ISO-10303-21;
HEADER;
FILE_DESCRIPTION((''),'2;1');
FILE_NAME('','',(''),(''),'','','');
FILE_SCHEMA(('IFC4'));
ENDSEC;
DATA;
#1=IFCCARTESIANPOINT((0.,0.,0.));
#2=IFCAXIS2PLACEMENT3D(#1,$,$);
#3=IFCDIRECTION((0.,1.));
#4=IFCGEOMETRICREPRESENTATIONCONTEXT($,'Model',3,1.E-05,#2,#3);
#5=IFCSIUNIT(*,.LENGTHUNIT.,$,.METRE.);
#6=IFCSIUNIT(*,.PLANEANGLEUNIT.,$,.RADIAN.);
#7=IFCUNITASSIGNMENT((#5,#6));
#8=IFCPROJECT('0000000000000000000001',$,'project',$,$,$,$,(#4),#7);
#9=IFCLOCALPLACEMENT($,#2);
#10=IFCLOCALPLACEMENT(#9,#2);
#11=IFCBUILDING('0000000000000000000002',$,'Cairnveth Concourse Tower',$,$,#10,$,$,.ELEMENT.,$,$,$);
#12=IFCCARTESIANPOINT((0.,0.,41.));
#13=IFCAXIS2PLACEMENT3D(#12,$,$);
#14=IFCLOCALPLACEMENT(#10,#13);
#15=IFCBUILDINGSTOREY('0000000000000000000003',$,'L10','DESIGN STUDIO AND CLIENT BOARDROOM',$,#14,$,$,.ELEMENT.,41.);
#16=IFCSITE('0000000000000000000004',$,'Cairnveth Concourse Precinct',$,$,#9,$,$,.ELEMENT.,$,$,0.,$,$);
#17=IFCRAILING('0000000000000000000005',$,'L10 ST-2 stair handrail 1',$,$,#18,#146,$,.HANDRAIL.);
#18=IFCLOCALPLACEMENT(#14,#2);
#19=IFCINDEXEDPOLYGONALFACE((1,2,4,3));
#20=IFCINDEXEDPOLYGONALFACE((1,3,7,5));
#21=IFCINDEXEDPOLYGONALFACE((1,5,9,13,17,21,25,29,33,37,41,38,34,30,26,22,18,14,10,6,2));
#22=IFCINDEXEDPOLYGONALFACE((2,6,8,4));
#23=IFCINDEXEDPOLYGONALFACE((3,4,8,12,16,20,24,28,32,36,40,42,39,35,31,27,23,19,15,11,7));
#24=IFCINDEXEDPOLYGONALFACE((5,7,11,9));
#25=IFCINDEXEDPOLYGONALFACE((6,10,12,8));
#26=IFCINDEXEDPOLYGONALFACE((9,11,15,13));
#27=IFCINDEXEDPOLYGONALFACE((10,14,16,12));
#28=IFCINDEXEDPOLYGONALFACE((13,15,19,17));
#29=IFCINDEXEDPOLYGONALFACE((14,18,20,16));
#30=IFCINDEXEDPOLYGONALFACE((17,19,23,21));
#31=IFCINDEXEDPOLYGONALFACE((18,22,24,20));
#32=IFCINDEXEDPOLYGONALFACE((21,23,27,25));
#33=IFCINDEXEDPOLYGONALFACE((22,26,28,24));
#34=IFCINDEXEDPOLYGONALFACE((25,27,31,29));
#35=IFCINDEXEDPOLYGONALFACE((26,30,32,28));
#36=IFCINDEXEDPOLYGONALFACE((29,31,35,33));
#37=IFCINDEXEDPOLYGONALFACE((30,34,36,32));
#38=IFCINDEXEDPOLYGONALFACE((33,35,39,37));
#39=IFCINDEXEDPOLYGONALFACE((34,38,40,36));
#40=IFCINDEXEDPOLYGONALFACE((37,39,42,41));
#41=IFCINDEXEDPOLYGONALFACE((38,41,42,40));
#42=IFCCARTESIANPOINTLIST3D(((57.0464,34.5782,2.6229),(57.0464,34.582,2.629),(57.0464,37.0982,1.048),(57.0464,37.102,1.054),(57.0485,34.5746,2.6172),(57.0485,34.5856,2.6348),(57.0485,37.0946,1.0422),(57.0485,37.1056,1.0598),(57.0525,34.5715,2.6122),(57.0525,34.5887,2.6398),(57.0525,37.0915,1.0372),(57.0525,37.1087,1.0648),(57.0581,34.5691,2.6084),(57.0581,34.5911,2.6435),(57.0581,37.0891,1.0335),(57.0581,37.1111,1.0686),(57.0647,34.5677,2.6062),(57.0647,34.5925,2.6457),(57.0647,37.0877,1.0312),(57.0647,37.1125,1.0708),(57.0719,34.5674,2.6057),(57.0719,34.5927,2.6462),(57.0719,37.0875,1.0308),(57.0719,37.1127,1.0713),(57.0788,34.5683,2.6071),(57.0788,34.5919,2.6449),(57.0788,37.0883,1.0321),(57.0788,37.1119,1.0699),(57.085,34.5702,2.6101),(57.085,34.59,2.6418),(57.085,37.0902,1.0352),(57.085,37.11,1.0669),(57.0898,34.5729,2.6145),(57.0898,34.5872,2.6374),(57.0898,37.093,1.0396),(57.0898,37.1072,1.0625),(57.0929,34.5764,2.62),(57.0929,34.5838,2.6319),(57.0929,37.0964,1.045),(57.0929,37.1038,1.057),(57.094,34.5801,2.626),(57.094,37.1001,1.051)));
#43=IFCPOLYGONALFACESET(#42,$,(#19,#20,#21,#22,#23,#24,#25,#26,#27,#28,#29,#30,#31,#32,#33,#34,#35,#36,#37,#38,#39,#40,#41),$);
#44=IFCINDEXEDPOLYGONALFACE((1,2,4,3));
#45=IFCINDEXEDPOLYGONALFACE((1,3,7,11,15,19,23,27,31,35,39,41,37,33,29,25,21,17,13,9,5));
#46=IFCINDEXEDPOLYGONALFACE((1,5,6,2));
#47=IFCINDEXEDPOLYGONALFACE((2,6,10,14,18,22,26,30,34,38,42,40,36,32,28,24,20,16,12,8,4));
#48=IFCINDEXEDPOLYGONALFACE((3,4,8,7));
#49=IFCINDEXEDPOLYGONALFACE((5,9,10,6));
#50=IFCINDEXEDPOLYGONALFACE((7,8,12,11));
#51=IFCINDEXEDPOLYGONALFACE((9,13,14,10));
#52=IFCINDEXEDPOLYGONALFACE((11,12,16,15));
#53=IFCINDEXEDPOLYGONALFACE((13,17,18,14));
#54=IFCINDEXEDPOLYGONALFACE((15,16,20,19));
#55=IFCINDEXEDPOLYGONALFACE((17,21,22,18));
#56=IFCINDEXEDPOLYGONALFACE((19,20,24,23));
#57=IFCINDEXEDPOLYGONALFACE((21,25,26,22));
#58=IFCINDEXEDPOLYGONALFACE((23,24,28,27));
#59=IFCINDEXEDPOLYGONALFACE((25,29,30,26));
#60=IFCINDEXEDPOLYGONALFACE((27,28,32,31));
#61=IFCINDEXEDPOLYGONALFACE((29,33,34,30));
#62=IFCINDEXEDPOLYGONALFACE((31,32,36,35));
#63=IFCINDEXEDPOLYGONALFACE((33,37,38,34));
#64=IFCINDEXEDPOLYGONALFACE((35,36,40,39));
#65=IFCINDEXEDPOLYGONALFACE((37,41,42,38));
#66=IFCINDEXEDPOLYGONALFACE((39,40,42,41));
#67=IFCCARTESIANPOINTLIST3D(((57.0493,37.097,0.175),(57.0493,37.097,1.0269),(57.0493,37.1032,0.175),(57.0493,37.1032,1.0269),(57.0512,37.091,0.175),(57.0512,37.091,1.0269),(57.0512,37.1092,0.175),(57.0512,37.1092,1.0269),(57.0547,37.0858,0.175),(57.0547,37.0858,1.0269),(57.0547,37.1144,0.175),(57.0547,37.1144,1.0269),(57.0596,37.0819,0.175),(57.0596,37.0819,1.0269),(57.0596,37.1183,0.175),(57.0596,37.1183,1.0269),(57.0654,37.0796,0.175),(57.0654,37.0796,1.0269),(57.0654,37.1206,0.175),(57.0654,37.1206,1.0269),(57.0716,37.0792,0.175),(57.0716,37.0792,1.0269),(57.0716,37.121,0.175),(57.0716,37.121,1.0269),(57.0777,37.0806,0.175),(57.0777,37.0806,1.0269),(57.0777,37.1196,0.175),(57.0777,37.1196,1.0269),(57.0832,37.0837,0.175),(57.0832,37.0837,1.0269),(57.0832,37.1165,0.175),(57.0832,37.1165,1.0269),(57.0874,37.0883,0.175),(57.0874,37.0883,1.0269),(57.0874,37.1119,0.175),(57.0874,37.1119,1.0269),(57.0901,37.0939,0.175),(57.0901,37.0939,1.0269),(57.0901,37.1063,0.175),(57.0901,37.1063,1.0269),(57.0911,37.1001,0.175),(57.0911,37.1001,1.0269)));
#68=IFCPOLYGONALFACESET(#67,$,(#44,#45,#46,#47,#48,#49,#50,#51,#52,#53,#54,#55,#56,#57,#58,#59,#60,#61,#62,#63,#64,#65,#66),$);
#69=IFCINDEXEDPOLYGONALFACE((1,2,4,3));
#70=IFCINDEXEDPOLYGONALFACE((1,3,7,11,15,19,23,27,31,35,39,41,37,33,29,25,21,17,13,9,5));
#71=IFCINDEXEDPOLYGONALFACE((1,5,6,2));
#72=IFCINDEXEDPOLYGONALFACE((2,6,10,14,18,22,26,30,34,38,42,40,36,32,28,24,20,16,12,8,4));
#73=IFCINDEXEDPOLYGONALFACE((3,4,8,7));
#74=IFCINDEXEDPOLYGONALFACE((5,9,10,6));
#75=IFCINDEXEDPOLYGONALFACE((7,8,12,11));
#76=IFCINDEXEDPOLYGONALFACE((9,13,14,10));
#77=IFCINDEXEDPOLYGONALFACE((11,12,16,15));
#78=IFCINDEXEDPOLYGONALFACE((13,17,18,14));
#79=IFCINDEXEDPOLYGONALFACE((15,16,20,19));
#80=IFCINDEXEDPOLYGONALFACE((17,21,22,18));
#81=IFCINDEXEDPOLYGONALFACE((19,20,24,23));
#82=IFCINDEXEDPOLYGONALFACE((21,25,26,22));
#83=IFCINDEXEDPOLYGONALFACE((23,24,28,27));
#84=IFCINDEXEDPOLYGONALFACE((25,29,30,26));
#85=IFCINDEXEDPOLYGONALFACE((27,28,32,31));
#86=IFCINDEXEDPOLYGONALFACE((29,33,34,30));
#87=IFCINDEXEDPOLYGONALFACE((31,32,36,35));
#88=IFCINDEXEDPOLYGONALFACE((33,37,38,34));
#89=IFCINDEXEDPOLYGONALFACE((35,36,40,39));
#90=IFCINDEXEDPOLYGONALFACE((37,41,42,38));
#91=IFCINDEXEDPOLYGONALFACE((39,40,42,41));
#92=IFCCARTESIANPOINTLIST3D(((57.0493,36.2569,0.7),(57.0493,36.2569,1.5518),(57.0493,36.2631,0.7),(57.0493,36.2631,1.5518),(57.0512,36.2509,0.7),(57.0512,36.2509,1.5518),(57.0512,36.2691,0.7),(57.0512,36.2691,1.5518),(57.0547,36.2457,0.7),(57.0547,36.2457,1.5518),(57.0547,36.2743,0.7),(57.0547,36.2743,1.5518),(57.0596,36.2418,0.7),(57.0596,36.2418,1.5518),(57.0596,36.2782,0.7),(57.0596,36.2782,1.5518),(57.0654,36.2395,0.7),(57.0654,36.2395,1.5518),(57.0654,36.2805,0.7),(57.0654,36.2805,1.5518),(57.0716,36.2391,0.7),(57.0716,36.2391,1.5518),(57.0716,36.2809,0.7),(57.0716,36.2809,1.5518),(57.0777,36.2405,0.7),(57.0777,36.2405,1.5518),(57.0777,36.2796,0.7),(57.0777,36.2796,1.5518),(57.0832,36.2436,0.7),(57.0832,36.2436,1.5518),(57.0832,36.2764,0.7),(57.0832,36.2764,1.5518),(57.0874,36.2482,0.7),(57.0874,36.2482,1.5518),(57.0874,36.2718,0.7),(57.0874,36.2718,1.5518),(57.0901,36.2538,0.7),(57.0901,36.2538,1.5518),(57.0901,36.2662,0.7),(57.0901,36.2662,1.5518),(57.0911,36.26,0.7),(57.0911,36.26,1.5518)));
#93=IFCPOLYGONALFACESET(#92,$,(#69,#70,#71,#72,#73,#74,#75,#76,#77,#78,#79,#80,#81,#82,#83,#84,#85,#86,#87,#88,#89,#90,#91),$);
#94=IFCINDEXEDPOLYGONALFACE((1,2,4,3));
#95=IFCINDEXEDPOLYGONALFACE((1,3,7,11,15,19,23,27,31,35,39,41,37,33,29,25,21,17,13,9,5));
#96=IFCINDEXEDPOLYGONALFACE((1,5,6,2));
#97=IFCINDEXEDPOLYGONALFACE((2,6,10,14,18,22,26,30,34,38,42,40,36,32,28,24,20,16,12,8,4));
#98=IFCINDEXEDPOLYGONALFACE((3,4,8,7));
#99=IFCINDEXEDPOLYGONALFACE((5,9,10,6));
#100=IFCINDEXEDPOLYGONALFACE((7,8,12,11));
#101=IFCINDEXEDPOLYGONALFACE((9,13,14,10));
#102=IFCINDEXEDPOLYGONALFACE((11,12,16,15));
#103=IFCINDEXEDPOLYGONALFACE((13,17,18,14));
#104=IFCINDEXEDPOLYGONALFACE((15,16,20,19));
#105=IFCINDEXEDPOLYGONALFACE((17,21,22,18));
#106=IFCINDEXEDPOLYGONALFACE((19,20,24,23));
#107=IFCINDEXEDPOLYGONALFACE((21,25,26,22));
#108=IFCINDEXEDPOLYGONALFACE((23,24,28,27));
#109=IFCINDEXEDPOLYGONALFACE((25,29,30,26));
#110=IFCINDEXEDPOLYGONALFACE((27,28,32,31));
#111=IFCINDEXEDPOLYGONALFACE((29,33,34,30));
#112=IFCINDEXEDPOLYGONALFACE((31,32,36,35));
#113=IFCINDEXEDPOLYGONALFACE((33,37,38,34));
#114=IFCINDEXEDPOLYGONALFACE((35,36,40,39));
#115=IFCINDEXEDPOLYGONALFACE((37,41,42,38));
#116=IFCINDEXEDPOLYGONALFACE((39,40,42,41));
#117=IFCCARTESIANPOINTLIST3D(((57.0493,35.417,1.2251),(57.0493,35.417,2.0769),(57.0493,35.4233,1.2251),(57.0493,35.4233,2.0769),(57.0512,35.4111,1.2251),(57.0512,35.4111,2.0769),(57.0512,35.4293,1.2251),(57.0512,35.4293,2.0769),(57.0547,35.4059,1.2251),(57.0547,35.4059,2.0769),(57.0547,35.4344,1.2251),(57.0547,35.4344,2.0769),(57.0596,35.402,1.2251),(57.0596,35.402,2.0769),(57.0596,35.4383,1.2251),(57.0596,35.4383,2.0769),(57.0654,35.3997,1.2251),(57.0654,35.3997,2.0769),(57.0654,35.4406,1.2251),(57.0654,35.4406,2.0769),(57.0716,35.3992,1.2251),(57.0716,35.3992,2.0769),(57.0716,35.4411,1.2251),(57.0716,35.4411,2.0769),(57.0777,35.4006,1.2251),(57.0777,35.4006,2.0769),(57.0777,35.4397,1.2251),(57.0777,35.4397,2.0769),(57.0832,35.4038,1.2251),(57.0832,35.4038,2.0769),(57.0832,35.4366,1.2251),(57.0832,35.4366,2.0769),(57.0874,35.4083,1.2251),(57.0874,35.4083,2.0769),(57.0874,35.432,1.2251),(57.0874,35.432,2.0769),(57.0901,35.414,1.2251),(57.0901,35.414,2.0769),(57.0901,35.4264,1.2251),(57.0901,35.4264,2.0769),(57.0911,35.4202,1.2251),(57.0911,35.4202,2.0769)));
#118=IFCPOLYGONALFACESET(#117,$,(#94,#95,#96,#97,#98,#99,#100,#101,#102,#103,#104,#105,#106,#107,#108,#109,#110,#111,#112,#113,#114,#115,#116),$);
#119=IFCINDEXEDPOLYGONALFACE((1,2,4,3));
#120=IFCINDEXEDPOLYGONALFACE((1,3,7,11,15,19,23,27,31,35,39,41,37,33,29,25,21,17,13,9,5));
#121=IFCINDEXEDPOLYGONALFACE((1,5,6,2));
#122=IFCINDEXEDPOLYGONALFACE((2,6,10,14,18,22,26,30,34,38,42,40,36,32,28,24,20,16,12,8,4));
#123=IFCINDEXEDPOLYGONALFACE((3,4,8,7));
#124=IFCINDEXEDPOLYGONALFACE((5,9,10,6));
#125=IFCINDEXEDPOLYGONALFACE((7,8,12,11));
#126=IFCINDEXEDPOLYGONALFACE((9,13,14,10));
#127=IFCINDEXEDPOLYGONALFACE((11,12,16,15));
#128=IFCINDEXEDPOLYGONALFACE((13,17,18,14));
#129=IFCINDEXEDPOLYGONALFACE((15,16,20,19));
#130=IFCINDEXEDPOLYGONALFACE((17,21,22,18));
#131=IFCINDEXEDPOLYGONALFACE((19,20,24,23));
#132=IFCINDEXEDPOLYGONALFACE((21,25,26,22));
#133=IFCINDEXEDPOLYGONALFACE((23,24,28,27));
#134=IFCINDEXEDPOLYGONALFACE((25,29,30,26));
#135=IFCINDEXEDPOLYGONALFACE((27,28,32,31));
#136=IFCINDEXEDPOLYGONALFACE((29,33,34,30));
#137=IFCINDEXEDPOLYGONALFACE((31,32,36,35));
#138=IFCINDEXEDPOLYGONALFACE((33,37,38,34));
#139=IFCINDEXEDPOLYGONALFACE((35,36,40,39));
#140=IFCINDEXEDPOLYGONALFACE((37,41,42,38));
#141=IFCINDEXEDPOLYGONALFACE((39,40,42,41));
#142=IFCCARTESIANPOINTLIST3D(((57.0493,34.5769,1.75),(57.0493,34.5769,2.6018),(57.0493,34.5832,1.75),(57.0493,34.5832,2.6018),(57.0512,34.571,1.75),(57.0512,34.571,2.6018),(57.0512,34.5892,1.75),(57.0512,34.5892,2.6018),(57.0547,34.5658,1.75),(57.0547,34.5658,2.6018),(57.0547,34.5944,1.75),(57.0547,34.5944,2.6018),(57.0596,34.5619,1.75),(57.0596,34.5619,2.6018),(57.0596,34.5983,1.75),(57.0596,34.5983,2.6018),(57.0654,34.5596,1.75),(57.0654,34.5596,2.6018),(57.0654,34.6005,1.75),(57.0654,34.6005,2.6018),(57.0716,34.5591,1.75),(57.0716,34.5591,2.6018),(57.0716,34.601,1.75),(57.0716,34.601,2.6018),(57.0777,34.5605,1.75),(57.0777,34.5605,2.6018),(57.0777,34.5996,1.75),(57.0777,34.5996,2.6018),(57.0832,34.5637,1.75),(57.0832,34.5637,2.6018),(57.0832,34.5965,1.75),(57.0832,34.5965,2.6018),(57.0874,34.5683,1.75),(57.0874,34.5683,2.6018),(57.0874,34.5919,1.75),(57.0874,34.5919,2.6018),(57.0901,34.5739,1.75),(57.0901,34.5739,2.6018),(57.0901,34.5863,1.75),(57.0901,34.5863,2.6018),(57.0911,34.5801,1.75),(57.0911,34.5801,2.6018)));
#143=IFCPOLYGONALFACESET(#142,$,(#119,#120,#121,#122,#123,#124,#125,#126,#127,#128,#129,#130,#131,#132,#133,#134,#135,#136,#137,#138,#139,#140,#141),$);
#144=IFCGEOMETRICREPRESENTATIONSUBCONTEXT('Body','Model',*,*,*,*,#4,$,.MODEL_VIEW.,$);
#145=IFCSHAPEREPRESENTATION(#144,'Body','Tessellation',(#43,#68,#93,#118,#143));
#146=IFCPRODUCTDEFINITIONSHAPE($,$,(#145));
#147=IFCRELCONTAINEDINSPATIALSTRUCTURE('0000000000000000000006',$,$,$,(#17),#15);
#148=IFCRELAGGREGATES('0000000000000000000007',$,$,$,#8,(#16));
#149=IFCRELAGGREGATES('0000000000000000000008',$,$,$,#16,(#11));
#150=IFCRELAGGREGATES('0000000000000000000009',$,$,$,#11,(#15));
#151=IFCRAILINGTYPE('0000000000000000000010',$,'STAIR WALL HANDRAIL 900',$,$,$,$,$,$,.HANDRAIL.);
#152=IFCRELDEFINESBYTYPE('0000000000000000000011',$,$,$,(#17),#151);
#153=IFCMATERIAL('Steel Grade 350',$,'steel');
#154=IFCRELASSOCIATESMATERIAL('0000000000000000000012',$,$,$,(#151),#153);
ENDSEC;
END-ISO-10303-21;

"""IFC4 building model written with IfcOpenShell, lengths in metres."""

from ifc_helpers import new_model, si_unit, direction, frame, origin, origin_2d, place, context, subcontext, project, spatial, circle, extrude, material, type_object, element, save


model = new_model("IFC4")

# Units and contexts
model_context = context("Model", 3, precision=1e-05, world=origin(), true_north=direction((0.0, 1.0)))
body_context = subcontext(model_context, "Body", "Model", "MODEL_VIEW")
ifc_project = project(units=[si_unit("LENGTHUNIT", "METRE"), si_unit("PLANEANGLEUNIT", "RADIAN")], contexts=[model_context])

# Site, building, storey
site_placement = place(None, origin())
site = spatial("IfcSite", under=ifc_project, at=site_placement, Name="Cairnveth Concourse Precinct", CompositionType="ELEMENT", RefElevation=0.0)
building_placement = place(site_placement, origin())
building = spatial("IfcBuilding", under=site, at=building_placement, Name="Cairnveth Concourse Tower", CompositionType="ELEMENT")
storey_placement = place(building_placement, frame((0.0, 0.0, 41.0)))
storey = spatial("IfcBuildingStorey", under=building, at=storey_placement, Name="L10", Description="DESIGN STUDIO AND CLIENT BOARDROOM", CompositionType="ELEMENT", Elevation=41.0)

# Shared definitions
ifc_material_1 = material(Name="Steel Grade 350", Category="steel")

# Railing
railing_type = type_object("IfcRailingType", Name="STAIR WALL HANDRAIL 900", PredefinedType="HANDRAIL", material=ifc_material_1)
railing_placement = place(storey_placement, frame((57.0701, 37.1001, 0.175)))
element("IfcRailing", 1, at=railing_placement, inside=storey, type_object=railing_type, Name="L10 ST-2 stair handrail 1", PredefinedType="HANDRAIL", context=body_context, shape_type="SweptSolid", body=[
    extrude(circle(Radius=0.0239, at=origin_2d()), frame((0.0, 0.0, 0.876), z_axis=(0.0, -0.848008, 0.529984), x_axis=(1.0, 0.0, 0.0)), (0.0, 0.0, 1.0), 2.9717),
    extrude(circle(Radius=0.021, at=origin_2d()), origin(), (0.0, 0.0, 1.0), 0.8518),
    extrude(circle(Radius=0.021, at=origin_2d()), frame((0.0, -0.8401, 0.5249)), (0.0, 0.0, 1.0), 0.8518),
    extrude(circle(Radius=0.021, at=origin_2d()), frame((0.0, -1.6799, 1.05)), (0.0, 0.0, 1.0), 0.8518),
    extrude(circle(Radius=0.021, at=origin_2d()), frame((0.0, -2.52, 1.575)), (0.0, 0.0, 1.0), 0.8518),
])

save(model, "model.ifc")
